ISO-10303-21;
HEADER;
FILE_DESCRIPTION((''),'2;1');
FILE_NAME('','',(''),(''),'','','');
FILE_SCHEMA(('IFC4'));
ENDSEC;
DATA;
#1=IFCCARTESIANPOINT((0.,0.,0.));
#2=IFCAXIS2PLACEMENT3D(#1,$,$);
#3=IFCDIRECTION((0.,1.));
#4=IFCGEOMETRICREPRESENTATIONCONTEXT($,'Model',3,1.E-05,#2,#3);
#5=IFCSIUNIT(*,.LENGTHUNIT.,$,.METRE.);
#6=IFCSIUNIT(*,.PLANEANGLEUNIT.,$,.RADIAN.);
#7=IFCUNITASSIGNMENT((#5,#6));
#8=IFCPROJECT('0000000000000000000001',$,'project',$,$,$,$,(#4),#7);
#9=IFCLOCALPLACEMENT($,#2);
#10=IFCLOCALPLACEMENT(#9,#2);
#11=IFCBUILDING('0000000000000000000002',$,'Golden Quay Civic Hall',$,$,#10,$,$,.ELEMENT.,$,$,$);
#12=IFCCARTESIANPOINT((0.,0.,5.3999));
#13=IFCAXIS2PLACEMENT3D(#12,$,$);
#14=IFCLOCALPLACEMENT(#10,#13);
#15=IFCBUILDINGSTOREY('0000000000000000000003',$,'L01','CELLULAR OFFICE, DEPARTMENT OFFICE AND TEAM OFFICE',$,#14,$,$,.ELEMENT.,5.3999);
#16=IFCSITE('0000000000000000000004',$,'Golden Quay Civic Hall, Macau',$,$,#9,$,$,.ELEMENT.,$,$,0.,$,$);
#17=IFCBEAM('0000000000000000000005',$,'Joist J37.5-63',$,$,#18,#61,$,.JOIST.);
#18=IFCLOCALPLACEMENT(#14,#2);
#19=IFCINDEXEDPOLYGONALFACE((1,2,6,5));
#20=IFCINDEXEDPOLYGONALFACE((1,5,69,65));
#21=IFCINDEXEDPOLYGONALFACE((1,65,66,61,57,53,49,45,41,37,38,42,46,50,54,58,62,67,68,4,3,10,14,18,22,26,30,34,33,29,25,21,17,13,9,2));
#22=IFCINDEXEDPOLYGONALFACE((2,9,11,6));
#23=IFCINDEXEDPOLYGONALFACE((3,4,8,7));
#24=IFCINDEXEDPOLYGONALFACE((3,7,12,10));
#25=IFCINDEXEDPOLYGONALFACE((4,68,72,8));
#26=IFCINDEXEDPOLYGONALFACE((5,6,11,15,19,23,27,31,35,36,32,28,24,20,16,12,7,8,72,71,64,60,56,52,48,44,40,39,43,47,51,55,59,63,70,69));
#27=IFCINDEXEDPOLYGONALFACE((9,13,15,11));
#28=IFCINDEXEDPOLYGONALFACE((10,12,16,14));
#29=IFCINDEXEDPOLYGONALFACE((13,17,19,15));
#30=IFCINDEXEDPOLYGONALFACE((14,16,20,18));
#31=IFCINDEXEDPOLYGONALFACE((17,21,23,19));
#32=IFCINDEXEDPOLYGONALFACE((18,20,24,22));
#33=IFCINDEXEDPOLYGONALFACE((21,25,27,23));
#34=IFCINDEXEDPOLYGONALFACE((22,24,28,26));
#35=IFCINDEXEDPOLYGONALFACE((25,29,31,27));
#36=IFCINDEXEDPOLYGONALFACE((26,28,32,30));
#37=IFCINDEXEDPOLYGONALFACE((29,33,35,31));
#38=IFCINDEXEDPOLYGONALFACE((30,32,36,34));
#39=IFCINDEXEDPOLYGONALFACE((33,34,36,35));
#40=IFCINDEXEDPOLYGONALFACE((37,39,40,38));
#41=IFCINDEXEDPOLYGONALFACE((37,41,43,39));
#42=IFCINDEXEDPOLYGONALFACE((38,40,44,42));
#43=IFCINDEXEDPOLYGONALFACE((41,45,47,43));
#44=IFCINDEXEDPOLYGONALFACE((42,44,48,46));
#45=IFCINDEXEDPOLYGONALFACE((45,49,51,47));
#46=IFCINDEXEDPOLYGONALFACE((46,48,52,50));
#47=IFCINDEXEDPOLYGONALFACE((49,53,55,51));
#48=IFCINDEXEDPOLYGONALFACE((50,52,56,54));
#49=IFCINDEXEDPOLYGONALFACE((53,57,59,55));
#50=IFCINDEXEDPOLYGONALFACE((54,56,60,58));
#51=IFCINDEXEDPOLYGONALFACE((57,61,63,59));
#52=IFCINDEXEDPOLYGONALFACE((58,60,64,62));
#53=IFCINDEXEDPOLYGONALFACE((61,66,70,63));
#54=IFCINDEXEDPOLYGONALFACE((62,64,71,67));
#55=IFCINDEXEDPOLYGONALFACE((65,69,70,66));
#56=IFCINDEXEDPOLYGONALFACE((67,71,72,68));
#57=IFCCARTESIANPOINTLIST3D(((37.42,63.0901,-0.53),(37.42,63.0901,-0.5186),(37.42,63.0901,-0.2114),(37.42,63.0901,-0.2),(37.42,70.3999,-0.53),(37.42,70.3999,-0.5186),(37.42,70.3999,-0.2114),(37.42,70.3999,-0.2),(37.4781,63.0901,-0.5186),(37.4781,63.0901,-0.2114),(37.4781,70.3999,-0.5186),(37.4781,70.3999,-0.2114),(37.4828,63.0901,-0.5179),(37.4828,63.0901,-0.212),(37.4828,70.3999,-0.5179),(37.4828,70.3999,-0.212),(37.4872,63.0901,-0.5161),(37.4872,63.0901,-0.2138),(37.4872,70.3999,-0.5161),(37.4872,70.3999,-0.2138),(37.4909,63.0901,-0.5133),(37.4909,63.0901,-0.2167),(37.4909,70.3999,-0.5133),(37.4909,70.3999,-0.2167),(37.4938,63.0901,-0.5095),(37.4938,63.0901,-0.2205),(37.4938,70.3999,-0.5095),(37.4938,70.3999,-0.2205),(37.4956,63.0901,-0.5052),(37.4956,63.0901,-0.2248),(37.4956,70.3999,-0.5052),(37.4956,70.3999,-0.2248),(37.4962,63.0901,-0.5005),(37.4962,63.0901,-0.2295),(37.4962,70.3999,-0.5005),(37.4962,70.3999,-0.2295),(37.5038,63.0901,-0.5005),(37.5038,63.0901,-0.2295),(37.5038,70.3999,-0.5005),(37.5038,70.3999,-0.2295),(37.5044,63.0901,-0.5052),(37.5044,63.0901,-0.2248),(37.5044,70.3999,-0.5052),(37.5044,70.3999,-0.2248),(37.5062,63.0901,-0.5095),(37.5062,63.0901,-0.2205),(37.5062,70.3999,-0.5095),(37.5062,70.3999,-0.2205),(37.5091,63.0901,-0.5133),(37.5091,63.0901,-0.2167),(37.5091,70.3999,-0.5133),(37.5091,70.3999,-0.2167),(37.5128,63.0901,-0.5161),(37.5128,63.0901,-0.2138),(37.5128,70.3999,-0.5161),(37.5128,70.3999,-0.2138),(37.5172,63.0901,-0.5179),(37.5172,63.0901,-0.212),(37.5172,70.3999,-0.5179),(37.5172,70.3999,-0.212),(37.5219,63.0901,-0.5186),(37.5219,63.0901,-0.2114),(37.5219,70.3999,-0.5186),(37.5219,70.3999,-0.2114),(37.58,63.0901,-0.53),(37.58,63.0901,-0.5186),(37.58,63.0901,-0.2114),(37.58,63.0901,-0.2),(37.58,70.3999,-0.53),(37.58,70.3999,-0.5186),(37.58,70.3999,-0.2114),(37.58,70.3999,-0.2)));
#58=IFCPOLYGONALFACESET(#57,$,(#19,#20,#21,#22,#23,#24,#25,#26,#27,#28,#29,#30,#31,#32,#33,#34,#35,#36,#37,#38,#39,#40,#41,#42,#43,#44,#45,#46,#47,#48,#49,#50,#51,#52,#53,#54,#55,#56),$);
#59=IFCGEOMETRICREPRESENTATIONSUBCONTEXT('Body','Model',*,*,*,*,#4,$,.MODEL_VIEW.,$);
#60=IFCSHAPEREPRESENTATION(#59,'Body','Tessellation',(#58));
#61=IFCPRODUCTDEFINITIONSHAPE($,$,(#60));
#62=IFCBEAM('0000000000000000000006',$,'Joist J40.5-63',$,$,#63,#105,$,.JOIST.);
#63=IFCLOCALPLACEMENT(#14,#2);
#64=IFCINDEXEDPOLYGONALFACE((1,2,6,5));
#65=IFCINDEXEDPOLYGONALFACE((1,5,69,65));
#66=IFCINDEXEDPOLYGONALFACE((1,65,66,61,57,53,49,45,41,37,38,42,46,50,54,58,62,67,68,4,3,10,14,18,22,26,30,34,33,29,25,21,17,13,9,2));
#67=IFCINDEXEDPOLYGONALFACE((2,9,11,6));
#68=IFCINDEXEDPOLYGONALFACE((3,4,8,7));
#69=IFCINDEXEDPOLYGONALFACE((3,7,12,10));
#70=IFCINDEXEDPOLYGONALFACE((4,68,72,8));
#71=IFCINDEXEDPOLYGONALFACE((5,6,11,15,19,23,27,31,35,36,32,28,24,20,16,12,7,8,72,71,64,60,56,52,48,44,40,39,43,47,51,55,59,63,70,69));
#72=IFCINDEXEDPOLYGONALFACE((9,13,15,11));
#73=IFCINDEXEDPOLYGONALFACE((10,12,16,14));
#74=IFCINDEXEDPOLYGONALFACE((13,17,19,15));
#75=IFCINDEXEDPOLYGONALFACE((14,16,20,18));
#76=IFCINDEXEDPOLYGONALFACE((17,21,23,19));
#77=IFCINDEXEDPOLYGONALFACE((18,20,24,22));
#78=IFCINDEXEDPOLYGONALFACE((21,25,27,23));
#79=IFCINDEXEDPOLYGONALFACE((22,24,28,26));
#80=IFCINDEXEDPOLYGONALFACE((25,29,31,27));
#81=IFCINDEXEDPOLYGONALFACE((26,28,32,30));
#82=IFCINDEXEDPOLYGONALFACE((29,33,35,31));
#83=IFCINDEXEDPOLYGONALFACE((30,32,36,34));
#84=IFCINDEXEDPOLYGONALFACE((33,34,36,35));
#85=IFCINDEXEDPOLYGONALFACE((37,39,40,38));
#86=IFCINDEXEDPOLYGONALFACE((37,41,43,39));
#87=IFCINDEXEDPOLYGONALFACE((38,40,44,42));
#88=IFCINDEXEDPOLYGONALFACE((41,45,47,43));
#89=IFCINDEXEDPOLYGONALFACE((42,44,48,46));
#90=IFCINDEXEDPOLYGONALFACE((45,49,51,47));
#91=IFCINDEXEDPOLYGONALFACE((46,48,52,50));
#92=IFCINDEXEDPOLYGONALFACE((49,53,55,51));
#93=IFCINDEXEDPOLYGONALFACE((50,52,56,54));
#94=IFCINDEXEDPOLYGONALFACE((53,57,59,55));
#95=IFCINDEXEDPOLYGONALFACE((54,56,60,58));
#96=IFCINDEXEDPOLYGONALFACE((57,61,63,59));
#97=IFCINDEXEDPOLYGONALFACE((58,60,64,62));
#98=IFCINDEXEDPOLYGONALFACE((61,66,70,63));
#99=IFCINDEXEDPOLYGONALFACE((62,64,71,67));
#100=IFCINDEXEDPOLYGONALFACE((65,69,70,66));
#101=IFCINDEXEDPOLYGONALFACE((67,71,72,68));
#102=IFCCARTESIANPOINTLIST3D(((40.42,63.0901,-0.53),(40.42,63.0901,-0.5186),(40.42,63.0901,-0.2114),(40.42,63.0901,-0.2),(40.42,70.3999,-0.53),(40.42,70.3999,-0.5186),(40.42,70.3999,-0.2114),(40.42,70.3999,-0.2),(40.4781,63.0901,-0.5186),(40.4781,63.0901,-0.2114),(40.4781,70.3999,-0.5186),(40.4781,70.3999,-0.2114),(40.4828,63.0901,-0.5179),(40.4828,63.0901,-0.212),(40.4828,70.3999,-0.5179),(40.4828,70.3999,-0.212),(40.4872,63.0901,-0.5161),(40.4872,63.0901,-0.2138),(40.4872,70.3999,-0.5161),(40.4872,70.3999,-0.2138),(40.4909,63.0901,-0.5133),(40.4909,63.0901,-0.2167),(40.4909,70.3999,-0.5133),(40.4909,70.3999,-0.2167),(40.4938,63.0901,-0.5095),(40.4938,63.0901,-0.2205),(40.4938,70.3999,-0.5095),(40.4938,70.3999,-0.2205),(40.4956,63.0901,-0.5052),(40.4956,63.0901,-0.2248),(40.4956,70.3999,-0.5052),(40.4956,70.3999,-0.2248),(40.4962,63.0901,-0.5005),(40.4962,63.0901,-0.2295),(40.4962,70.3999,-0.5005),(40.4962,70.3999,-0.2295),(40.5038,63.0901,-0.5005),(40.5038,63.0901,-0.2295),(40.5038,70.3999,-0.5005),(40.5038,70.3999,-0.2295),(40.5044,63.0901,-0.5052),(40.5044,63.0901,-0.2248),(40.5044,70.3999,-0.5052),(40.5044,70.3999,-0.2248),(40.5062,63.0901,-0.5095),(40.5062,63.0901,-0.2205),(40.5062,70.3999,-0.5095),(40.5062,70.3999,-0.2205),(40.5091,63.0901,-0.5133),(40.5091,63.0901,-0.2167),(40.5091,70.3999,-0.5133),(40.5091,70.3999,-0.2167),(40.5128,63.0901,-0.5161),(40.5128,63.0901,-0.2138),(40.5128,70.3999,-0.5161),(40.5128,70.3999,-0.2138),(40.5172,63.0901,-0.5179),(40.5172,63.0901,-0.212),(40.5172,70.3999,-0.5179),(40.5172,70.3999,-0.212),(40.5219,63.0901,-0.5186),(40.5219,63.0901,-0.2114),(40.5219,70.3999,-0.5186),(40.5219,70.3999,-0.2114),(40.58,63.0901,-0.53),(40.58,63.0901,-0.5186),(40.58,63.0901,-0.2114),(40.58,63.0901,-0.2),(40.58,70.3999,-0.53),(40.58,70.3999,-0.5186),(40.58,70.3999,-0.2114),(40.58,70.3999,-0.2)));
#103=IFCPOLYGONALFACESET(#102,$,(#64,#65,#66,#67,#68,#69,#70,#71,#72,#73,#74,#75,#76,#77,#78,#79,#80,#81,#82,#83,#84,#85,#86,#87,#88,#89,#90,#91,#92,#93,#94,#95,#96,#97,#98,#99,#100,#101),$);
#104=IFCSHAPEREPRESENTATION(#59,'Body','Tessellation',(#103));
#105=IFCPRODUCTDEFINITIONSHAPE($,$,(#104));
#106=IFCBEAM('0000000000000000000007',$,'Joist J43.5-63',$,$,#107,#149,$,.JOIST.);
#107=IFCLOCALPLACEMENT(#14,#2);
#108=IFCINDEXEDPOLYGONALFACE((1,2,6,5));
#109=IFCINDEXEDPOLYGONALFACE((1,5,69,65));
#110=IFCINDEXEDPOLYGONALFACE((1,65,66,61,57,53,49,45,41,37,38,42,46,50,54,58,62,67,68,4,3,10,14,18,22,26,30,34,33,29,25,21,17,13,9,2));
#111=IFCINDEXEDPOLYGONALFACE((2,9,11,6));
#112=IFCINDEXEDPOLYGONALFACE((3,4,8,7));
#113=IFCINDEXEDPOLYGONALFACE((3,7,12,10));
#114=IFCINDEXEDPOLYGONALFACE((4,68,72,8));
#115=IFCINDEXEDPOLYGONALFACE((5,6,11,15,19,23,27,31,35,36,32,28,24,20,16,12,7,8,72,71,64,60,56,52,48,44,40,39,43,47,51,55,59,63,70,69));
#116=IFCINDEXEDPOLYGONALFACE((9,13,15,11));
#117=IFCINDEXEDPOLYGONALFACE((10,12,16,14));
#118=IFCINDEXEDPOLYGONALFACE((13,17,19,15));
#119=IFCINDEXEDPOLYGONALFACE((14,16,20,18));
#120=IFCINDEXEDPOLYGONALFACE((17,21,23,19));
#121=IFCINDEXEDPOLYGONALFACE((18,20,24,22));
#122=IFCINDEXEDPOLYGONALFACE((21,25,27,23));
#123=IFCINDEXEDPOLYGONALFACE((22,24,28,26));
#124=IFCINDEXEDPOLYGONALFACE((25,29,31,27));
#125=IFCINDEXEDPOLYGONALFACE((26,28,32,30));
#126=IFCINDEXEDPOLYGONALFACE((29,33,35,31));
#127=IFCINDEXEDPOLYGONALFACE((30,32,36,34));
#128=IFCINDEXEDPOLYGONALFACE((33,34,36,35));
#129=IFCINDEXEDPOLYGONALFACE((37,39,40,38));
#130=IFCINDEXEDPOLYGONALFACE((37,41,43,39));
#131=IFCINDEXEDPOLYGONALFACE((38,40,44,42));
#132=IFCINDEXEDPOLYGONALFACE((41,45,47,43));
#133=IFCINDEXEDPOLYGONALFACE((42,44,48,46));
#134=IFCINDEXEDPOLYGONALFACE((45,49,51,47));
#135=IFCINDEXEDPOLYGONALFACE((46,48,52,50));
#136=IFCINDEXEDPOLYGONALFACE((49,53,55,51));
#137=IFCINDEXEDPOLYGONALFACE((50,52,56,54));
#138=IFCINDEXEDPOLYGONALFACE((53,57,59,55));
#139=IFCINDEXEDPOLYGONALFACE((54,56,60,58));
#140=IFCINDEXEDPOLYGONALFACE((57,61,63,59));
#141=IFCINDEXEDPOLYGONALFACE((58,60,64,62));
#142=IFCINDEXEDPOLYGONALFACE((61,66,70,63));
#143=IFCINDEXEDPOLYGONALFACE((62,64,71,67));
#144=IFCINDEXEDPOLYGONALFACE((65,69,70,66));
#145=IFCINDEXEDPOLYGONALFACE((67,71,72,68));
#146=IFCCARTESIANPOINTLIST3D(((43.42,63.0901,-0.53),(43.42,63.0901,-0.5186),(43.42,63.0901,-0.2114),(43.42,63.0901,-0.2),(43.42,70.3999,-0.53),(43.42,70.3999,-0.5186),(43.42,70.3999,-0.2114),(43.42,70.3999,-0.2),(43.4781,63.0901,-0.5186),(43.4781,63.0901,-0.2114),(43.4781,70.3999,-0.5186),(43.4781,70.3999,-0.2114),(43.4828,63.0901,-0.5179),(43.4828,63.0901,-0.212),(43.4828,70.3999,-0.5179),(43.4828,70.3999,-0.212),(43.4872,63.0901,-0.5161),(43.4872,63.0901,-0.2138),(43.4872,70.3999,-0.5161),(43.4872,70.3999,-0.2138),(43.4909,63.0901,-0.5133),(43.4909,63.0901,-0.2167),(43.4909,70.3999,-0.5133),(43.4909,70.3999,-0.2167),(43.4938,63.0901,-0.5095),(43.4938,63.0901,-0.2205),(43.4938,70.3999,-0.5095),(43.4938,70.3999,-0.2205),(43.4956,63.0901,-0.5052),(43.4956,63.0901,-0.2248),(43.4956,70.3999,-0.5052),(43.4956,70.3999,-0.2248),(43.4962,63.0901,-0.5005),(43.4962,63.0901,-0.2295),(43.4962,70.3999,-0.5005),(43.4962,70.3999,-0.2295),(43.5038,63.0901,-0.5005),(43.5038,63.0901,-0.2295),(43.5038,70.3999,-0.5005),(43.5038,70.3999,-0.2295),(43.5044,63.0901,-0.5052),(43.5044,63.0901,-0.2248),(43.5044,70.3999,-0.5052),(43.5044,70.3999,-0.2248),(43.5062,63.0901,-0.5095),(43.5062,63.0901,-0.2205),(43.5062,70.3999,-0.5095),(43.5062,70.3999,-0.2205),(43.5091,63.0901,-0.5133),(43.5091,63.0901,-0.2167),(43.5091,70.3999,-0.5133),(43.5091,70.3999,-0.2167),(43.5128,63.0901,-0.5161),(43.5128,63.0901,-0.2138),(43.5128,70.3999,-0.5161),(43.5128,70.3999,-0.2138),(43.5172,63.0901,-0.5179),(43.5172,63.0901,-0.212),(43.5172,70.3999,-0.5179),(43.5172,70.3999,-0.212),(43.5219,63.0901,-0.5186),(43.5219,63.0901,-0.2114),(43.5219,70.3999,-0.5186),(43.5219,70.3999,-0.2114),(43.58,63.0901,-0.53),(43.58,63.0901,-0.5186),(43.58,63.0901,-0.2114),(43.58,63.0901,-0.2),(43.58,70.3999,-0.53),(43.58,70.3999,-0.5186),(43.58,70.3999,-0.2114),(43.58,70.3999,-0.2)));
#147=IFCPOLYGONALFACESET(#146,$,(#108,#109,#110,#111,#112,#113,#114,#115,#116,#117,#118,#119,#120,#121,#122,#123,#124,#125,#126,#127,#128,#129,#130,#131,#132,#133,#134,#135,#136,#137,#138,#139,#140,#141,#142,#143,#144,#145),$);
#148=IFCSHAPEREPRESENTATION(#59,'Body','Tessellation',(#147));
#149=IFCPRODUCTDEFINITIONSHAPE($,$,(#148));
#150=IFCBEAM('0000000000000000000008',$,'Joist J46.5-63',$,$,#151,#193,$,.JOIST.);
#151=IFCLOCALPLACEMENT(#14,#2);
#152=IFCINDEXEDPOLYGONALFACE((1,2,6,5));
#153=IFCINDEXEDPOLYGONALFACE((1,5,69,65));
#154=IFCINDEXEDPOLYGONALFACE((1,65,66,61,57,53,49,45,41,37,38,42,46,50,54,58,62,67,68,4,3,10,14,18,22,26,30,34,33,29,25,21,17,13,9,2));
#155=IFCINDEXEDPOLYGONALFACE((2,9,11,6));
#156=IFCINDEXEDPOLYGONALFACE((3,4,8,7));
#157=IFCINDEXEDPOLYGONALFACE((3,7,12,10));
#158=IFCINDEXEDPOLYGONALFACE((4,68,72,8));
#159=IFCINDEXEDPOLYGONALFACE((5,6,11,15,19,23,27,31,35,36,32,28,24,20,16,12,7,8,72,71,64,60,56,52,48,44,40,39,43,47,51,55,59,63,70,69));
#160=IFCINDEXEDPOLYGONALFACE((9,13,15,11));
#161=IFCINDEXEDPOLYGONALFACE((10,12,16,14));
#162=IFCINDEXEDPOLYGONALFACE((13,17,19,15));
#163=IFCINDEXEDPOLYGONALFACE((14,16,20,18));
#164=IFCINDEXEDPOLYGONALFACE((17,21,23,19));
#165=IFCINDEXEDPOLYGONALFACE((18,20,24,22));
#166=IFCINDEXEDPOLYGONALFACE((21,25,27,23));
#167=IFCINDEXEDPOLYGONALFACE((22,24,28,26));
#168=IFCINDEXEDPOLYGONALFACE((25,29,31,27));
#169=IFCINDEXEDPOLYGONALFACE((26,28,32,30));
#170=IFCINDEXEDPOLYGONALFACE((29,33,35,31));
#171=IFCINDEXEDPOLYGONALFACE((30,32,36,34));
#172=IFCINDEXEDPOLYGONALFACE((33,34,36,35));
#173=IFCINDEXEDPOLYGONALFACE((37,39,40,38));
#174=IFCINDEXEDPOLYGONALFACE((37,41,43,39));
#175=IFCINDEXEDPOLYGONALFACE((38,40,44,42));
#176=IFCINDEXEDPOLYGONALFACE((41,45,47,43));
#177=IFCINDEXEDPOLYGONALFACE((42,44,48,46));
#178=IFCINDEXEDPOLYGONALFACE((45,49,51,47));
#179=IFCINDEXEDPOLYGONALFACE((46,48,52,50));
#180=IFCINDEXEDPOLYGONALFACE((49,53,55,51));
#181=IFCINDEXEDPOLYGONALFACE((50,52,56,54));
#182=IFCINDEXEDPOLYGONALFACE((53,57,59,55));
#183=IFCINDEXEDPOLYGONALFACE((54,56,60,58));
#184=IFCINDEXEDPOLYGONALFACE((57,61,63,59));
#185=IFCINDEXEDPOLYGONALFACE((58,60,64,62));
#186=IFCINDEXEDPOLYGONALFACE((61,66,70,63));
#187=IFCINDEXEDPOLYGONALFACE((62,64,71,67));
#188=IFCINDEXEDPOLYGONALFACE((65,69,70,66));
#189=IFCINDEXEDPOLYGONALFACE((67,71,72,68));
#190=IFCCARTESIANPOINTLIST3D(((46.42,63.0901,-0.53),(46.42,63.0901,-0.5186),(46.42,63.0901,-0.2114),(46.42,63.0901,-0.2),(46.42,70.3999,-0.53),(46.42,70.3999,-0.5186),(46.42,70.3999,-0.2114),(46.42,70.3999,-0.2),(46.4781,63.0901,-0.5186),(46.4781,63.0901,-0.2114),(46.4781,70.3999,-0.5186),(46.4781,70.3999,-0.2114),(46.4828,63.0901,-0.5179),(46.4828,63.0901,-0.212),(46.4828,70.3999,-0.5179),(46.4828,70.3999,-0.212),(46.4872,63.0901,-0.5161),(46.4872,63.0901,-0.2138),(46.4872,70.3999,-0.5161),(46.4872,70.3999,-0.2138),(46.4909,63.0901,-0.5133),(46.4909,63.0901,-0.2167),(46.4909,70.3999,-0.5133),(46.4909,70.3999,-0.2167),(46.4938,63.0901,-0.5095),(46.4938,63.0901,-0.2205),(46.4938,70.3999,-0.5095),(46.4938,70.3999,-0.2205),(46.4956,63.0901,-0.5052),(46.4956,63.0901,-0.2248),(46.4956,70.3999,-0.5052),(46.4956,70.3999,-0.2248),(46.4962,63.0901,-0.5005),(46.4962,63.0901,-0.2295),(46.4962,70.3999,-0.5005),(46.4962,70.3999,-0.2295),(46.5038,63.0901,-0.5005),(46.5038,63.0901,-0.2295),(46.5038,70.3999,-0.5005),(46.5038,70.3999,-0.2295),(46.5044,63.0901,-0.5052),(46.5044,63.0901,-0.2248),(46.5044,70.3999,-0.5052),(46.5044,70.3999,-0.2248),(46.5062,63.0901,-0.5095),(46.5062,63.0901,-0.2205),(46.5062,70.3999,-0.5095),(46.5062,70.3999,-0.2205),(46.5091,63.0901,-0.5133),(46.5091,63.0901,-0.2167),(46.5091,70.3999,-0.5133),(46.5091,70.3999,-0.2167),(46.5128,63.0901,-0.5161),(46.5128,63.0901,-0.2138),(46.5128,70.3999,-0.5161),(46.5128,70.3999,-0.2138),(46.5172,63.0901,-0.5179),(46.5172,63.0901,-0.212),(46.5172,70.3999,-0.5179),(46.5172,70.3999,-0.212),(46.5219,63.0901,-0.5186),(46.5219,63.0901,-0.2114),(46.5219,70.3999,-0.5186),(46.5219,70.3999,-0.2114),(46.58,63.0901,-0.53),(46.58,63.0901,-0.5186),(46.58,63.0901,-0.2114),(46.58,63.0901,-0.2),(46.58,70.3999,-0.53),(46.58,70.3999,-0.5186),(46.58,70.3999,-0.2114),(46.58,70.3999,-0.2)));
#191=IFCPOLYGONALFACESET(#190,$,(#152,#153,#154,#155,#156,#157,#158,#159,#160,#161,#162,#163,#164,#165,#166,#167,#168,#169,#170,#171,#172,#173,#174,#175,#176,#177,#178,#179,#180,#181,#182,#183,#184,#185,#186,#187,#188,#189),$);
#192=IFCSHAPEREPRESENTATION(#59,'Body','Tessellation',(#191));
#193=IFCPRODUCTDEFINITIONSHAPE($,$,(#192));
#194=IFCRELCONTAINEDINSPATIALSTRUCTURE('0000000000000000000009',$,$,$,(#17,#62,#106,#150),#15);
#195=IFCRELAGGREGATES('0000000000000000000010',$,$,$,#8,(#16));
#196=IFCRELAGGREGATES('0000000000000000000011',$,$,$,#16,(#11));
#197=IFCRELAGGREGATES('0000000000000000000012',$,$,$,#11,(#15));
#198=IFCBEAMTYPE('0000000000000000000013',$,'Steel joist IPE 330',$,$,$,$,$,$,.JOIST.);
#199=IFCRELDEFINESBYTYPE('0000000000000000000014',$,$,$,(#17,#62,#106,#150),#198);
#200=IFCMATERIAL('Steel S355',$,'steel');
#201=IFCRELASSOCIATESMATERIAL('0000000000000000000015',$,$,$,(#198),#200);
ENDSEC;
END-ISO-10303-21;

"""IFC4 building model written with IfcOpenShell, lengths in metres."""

from ifc_helpers import new_model, si_unit, direction, frame, origin, origin_2d, place, context, subcontext, project, spatial, i_section, extrude, material, material_profile, profile_set, type_object, element, save


model = new_model("IFC4")

# Units and contexts
model_context = context("Model", 3, precision=1e-05, world=origin(), true_north=direction((0.0, 1.0)))
body_context = subcontext(model_context, "Body", "Model", "MODEL_VIEW")
ifc_project = project(units=[si_unit("LENGTHUNIT", "METRE"), si_unit("PLANEANGLEUNIT", "RADIAN")], contexts=[model_context])

# Site, building, storey
site_placement = place(None, origin())
site = spatial("IfcSite", under=ifc_project, at=site_placement, Name="Golden Quay Civic Hall, Macau", CompositionType="ELEMENT", RefElevation=0.0)
building_placement = place(site_placement, origin())
building = spatial("IfcBuilding", under=site, at=building_placement, Name="Golden Quay Civic Hall", CompositionType="ELEMENT")
storey_placement = place(building_placement, frame((0.0, 0.0, 5.3999)))
storey = spatial("IfcBuildingStorey", under=building, at=storey_placement, Name="L01", Description="CELLULAR OFFICE, DEPARTMENT OFFICE AND TEAM OFFICE", CompositionType="ELEMENT", Elevation=5.3999)

# Beams
ifc_material_1 = material(Name="Steel S355", Category="steel")
ifc_material_profile_1 = material_profile(ifc_material_1, i_section(OverallWidth=0.1599, OverallDepth=0.3301, WebThickness=0.0076, FlangeThickness=0.0115, FilletRadius=0.0181, at=origin_2d()), Name="IPE 330")
ifc_profile_set_1 = profile_set([ifc_material_profile_1], Name="Steel S355")
beam_type_1 = type_object("IfcBeamType", Name="Steel joist IPE 330", PredefinedType="JOIST", material=ifc_profile_set_1)
for number, where, z_axis, x_axis, name in (
    (1, (37.5, 63.0901, -0.365), (0.0, 1.0, 0.0), (-1.0, 0.0, 0.0), "Joist J37.5-63"),
    (2, (40.5, 63.0901, -0.365), (0.0, 1.0, 0.0), (-1.0, 0.0, 0.0), "Joist J40.5-63"),
    (3, (43.5, 63.0901, -0.365), (0.0, 1.0, 0.0), (-1.0, 0.0, 0.0), "Joist J43.5-63"),
    (4, (46.5, 63.0901, -0.365), (0.0, 1.0, 0.0), (-1.0, 0.0, 0.0), "Joist J46.5-63"),
):
    element("IfcBeam", number, at=place(storey_placement, frame(where, z_axis=z_axis, x_axis=x_axis)), inside=storey, type_object=beam_type_1, Name=name, PredefinedType="JOIST", context=body_context, shape_type="SweptSolid", body=[
        extrude(i_section(OverallWidth=0.1599, OverallDepth=0.3301, WebThickness=0.0076, FlangeThickness=0.0115, FilletRadius=0.0181, at=origin_2d()), origin(), (0.0, 0.0, 1.0), 7.3098),
    ])

save(model, "model.ifc")
